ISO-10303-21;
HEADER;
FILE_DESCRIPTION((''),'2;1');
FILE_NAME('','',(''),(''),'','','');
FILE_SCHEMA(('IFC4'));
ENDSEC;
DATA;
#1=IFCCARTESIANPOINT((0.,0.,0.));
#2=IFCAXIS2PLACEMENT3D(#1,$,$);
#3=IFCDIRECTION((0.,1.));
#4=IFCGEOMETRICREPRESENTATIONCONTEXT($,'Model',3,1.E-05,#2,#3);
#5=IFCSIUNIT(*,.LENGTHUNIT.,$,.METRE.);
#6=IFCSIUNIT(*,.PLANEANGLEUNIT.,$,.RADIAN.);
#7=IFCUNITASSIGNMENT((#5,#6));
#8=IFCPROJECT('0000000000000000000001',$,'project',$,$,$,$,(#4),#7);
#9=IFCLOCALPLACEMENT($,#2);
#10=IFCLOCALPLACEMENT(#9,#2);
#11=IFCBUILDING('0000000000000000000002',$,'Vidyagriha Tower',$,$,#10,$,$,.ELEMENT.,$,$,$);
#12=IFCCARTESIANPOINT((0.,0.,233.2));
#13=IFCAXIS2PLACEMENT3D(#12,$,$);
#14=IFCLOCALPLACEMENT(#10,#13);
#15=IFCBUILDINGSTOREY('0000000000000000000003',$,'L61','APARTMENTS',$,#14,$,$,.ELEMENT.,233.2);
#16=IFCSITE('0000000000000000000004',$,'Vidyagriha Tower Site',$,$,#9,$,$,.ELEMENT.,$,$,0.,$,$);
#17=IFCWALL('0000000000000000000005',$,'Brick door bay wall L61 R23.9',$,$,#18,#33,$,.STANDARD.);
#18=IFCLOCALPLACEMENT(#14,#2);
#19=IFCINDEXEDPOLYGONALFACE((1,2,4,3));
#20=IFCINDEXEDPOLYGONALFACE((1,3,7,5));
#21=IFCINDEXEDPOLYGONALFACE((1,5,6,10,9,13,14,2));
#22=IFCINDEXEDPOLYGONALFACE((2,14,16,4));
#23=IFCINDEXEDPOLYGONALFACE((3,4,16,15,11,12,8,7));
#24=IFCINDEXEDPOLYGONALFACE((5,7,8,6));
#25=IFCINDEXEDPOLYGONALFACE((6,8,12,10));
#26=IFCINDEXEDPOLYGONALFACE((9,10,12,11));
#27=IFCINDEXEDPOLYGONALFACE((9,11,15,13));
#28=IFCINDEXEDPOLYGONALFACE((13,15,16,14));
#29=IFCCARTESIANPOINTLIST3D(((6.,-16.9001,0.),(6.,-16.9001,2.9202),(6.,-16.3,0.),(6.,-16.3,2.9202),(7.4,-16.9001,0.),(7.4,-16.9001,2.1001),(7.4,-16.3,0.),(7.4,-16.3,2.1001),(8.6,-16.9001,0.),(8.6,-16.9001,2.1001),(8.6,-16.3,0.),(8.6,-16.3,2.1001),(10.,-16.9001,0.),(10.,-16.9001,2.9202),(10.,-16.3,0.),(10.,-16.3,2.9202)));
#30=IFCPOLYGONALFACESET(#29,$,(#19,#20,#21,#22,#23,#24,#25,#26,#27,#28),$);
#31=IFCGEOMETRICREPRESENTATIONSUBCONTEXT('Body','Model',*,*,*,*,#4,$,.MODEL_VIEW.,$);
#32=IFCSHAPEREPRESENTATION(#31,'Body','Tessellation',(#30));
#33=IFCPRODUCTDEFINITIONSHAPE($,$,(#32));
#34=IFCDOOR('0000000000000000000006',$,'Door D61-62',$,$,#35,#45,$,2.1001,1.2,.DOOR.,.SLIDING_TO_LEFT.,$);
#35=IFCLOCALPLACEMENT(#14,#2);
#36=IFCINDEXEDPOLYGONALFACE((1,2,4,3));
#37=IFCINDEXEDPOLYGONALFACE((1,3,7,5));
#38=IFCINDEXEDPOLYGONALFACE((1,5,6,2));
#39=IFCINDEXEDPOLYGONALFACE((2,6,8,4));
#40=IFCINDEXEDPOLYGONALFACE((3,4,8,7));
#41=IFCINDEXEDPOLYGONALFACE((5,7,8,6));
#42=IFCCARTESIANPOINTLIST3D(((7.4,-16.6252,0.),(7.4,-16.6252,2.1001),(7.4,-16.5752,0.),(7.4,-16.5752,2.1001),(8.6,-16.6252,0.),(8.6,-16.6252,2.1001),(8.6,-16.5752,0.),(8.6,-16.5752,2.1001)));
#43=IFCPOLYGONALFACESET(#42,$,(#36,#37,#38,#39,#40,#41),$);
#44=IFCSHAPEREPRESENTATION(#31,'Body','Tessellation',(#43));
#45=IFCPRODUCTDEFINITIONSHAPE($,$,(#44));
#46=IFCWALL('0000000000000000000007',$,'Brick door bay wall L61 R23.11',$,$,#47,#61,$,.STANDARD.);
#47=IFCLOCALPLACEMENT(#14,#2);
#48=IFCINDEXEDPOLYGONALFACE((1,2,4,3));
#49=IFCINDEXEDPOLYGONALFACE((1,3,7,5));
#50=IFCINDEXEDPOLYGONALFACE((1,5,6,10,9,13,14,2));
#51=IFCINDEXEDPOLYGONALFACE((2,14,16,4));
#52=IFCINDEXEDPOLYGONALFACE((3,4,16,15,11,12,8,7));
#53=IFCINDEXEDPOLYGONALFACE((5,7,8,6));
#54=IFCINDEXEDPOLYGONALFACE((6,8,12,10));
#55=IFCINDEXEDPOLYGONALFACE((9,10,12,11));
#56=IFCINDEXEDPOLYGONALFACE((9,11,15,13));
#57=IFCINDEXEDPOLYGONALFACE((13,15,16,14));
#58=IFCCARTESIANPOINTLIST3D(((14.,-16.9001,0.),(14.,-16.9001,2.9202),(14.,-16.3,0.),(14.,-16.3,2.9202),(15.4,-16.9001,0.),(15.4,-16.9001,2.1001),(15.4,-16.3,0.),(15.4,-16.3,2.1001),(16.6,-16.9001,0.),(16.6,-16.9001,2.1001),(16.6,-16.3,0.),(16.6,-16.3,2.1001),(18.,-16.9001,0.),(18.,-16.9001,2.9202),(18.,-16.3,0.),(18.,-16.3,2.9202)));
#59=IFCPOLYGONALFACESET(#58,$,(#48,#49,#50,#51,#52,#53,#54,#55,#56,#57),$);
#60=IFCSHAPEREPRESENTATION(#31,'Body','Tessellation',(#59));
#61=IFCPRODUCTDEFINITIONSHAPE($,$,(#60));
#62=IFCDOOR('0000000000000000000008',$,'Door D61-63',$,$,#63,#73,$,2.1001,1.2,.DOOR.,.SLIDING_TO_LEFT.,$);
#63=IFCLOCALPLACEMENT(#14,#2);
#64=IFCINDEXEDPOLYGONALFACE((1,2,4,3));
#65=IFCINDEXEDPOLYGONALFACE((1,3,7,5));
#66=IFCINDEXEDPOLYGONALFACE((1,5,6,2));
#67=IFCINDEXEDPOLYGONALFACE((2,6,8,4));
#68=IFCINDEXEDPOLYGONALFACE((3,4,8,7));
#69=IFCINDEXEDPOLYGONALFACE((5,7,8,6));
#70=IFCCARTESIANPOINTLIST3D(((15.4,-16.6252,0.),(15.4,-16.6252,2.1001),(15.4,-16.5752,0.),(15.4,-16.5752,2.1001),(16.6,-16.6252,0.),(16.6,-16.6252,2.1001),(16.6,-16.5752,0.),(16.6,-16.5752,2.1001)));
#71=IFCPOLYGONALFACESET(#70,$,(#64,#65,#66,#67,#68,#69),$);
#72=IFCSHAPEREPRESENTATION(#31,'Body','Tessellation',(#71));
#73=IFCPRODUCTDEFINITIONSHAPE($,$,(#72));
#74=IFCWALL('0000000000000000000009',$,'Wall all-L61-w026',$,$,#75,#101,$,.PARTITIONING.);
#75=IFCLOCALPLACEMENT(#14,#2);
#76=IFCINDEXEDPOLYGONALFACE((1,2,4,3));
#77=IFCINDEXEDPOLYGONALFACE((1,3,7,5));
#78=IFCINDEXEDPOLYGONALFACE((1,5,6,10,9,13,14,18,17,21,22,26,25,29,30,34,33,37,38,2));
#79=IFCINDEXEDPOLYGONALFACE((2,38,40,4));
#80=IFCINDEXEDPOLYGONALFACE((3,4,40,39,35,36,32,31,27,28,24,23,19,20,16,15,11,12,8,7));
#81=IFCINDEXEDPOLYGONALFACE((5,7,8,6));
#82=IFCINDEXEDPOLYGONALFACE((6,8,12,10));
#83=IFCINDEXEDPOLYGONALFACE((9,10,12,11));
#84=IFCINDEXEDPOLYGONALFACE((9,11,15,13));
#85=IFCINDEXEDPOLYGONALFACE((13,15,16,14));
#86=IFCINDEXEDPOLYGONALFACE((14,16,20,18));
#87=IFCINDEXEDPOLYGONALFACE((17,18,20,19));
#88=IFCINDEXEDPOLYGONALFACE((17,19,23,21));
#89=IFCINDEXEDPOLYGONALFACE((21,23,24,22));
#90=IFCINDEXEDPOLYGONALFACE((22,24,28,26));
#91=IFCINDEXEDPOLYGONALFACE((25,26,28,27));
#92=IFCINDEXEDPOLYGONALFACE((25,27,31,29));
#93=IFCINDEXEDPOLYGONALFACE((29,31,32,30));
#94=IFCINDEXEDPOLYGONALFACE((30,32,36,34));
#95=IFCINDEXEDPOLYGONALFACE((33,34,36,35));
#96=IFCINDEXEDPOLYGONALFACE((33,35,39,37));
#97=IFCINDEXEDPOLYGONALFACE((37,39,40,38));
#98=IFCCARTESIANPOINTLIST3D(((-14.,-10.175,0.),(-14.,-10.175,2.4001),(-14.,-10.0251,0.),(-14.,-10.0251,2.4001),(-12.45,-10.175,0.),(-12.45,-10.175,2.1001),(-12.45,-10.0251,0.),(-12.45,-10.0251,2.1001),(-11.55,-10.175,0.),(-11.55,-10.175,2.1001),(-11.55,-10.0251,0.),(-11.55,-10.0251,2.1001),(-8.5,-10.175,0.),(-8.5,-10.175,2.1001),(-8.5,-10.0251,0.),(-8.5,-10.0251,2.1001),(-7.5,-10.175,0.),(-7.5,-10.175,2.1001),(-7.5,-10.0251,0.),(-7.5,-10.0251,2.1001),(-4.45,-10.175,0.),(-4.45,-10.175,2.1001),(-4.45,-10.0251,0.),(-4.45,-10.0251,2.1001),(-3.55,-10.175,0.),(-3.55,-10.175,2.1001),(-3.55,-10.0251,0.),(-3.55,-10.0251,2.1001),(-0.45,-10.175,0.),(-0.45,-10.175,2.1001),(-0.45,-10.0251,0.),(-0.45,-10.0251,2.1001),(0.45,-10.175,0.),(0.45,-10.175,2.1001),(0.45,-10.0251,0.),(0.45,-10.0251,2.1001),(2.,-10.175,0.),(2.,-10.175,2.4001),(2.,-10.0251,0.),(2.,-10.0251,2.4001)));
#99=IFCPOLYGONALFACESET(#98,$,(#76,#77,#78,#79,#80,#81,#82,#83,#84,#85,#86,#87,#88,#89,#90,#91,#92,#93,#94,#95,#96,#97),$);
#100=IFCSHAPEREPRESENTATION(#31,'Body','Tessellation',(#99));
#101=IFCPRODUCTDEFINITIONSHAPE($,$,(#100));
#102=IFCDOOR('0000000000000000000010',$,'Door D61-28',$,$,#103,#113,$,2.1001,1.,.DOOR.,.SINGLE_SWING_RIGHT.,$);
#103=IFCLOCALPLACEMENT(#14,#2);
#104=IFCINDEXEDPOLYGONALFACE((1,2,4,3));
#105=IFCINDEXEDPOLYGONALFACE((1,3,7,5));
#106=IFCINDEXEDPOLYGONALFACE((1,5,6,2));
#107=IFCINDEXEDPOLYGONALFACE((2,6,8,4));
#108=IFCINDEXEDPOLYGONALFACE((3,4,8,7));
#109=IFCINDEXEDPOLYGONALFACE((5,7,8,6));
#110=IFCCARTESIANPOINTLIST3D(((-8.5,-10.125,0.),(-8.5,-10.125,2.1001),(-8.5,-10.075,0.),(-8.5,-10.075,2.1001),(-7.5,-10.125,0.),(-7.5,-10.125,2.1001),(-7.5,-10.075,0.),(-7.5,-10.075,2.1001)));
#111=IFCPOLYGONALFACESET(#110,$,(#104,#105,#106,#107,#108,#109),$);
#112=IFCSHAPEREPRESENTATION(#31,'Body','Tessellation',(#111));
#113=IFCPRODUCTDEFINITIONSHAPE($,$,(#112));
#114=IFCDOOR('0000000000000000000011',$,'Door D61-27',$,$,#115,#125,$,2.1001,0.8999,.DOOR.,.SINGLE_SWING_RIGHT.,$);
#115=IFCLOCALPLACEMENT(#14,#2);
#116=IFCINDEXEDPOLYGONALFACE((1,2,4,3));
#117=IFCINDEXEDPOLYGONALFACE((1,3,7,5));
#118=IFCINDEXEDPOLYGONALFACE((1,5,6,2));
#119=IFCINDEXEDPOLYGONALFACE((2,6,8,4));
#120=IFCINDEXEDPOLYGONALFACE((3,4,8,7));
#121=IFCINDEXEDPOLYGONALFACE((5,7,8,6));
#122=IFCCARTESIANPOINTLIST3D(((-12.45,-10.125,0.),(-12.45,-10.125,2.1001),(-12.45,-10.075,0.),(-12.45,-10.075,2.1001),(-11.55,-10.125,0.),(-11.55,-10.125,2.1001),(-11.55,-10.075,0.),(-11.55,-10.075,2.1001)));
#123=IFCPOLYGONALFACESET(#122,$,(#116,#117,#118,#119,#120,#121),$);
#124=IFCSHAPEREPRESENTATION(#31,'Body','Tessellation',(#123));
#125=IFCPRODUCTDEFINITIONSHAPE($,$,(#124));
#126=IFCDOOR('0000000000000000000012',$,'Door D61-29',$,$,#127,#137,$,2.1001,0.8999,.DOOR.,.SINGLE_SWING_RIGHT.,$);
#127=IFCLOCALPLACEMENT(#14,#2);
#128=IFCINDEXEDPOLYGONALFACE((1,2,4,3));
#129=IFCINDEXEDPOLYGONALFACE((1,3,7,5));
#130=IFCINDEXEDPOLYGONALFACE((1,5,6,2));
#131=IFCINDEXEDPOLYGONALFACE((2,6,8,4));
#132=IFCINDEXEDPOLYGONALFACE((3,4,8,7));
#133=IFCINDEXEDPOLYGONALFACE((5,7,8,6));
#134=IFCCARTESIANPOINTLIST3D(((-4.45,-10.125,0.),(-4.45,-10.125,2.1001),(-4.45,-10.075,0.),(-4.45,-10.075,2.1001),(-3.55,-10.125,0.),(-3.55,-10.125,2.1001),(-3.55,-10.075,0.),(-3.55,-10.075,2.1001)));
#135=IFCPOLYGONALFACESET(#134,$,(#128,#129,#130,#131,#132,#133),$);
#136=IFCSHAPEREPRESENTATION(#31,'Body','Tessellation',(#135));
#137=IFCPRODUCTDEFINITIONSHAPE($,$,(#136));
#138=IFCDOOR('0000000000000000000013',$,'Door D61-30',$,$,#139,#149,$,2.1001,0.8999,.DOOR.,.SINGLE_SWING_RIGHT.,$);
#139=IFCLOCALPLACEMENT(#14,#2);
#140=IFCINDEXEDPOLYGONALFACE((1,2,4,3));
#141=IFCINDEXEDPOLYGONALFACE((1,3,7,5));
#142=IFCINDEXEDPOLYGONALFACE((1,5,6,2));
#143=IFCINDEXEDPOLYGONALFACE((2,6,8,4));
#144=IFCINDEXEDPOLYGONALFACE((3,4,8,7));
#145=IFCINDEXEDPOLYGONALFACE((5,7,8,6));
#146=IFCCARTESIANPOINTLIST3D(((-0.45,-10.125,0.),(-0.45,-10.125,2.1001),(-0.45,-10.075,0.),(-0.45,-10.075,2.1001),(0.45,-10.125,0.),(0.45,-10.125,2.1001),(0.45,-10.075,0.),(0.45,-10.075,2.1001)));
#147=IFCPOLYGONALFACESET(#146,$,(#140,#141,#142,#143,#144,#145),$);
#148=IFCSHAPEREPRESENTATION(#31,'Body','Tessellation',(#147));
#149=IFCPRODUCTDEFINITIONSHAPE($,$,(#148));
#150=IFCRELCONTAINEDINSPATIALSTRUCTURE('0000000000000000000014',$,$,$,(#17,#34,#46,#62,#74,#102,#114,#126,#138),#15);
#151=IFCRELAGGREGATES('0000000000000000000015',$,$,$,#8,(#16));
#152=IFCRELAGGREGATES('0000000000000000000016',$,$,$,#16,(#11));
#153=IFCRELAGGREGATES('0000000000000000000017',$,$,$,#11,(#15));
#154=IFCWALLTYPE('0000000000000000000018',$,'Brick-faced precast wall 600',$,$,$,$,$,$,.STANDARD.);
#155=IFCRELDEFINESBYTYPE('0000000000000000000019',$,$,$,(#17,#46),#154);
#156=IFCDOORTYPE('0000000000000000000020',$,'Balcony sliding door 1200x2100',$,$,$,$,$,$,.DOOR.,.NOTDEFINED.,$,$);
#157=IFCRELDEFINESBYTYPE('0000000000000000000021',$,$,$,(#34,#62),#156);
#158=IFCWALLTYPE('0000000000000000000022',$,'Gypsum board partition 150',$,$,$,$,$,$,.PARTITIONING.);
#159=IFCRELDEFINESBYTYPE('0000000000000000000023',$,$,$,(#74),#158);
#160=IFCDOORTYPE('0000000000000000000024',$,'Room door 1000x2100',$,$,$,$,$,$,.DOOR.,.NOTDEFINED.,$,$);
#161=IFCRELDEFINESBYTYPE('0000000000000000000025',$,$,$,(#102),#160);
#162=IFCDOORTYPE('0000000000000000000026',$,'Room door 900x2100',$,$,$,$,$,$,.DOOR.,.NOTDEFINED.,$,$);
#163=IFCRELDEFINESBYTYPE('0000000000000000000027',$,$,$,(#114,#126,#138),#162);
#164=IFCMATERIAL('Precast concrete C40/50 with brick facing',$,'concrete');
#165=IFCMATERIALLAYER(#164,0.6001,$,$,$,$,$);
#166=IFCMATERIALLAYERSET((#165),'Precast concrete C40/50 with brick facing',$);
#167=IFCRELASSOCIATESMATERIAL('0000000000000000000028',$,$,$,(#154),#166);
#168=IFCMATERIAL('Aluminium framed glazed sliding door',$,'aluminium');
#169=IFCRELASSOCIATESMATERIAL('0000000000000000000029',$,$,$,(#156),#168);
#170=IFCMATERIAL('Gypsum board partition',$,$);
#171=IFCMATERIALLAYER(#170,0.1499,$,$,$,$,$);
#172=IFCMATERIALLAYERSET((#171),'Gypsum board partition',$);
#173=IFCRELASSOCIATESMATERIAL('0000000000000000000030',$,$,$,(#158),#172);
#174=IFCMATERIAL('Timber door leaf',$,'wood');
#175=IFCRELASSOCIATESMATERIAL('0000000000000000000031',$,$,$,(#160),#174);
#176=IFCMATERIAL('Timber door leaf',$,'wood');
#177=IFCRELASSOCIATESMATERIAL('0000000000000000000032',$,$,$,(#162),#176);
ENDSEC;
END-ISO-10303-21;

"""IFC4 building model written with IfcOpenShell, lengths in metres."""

from ifc_helpers import new_model, si_unit, direction, frame, frame_2d, origin, place, context, subcontext, project, spatial, rectangle, extrude, material, layer, layer_set, type_object, element, fill, save


model = new_model("IFC4")

# Units and contexts
model_context = context("Model", 3, precision=1e-05, world=origin(), true_north=direction((0.0, 1.0)))
body_context = subcontext(model_context, "Body", "Model", "MODEL_VIEW")
ifc_project = project(units=[si_unit("LENGTHUNIT", "METRE"), si_unit("PLANEANGLEUNIT", "RADIAN")], contexts=[model_context])

# Site, building, storey
site_placement = place(None, origin())
site = spatial("IfcSite", under=ifc_project, at=site_placement, Name="Vidyagriha Tower Site", CompositionType="ELEMENT", RefElevation=0.0)
building_placement = place(site_placement, origin())
building = spatial("IfcBuilding", under=site, at=building_placement, Name="Vidyagriha Tower", CompositionType="ELEMENT")
storey_placement = place(building_placement, frame((0.0, 0.0, 233.2)))
storey = spatial("IfcBuildingStorey", under=building, at=storey_placement, Name="L61", Description="APARTMENTS", CompositionType="ELEMENT", Elevation=233.2)

# Walls, openings, doors
ifc_material_1 = material(Name="Precast concrete C40/50 with brick facing", Category="concrete")
ifc_layer_1 = layer(ifc_material_1, 0.6001)
ifc_layer_set_1 = layer_set([ifc_layer_1], Name="Precast concrete C40/50 with brick facing")
wall_type_1 = type_object("IfcWallType", Name="Brick-faced precast wall 600", PredefinedType="STANDARD", material=ifc_layer_set_1)
wall_1_placement = place(storey_placement, frame((6.0, -16.6001, 0.0)))
wall_1 = element("IfcWall", 1, at=wall_1_placement, inside=storey, type_object=wall_type_1, Name="Brick door bay wall L61 R23.9", PredefinedType="STANDARD", context=body_context, shape_type="SweptSolid", body=[
    extrude(rectangle(XDim=4.0, YDim=0.6001, at=frame_2d((2.0, 0.0))), origin(), (0.0, 0.0, 1.0), 2.9202),
])
opening_1_placement = place(wall_1_placement, frame((1.3999, 0.0, 0.0)))
opening_1 = element("IfcOpeningElement", 2, at=opening_1_placement, cuts=wall_1, PredefinedType="OPENING", context=body_context, shape_type="SweptSolid", body=[
    extrude(rectangle(XDim=1.2, YDim=2.1001, at=frame_2d((0.6001, 1.05))), frame((0.0, 0.3101, 0.0), z_axis=(0.0, -1.0, 0.0), x_axis=(1.0, 0.0, 0.0)), (0.0, 0.0, 1.0), 0.6201),
])
ifc_material_2 = material(Name="Aluminium framed glazed sliding door", Category="aluminium")
door_type_1 = type_object("IfcDoorType", Name="Balcony sliding door 1200x2100", OperationType="NOTDEFINED", PredefinedType="DOOR", material=ifc_material_2)
door_1_placement = place(opening_1_placement, origin())
door_1 = element("IfcDoor", 3, at=door_1_placement, inside=storey, type_object=door_type_1, Name="Door D61-62", OperationType="SLIDING_TO_LEFT", OverallHeight=2.1001, OverallWidth=1.2, PredefinedType="DOOR", context=body_context, shape_type="SweptSolid", body=[
    extrude(rectangle(XDim=1.2, YDim=2.1001, at=frame_2d((0.6001, 1.05))), frame((0.0, 0.0249, 0.0), z_axis=(0.0, -1.0, 0.0), x_axis=(1.0, 0.0, 0.0)), (0.0, 0.0, 1.0), 0.05),
])
fill(opening_1, door_1)
wall_2_placement = place(storey_placement, frame((14.0, -16.6001, 0.0)))
wall_2 = element("IfcWall", 4, at=wall_2_placement, inside=storey, type_object=wall_type_1, Name="Brick door bay wall L61 R23.11", PredefinedType="STANDARD", context=body_context, shape_type="SweptSolid", body=[
    extrude(rectangle(XDim=4.0, YDim=0.6001, at=frame_2d((2.0, 0.0))), origin(), (0.0, 0.0, 1.0), 2.9202),
])
opening_2_placement = place(wall_2_placement, frame((1.3999, 0.0, 0.0)))
opening_2 = element("IfcOpeningElement", 5, at=opening_2_placement, cuts=wall_2, PredefinedType="OPENING", context=body_context, shape_type="SweptSolid", body=[
    extrude(rectangle(XDim=1.2, YDim=2.1001, at=frame_2d((0.6001, 1.05))), frame((0.0, 0.3101, 0.0), z_axis=(0.0, -1.0, 0.0), x_axis=(1.0, 0.0, 0.0)), (0.0, 0.0, 1.0), 0.6201),
])
door_2_placement = place(opening_2_placement, origin())
door_2 = element("IfcDoor", 6, at=door_2_placement, inside=storey, type_object=door_type_1, Name="Door D61-63", OperationType="SLIDING_TO_LEFT", OverallHeight=2.1001, OverallWidth=1.2, PredefinedType="DOOR", context=body_context, shape_type="SweptSolid", body=[
    extrude(rectangle(XDim=1.2, YDim=2.1001, at=frame_2d((0.6001, 1.05))), frame((0.0, 0.0249, 0.0), z_axis=(0.0, -1.0, 0.0), x_axis=(1.0, 0.0, 0.0)), (0.0, 0.0, 1.0), 0.05),
])
fill(opening_2, door_2)

# Wall, openings, doors
ifc_material_3 = material(Name="Gypsum board partition")
ifc_layer_2 = layer(ifc_material_3, 0.1499)
ifc_layer_set_2 = layer_set([ifc_layer_2], Name="Gypsum board partition")
wall_type_2 = type_object("IfcWallType", Name="Gypsum board partition 150", PredefinedType="PARTITIONING", material=ifc_layer_set_2)
wall_3_placement = place(storey_placement, frame((2.0, -10.1001, 0.0), z_axis=(0.0, 0.0, 1.0), x_axis=(-1.0, 0.0, 0.0)))
wall_3 = element("IfcWall", 7, at=wall_3_placement, inside=storey, type_object=wall_type_2, Name="Wall all-L61-w026", PredefinedType="PARTITIONING", context=body_context, shape_type="SweptSolid", body=[
    extrude(rectangle(XDim=16.0, YDim=0.1499, at=frame_2d((8.0, 0.0))), origin(), (0.0, 0.0, 1.0), 2.4001),
])
opening_3_placement = place(wall_3_placement, frame((13.55, 0.0, 0.0)))
opening_3 = element("IfcOpeningElement", 8, at=opening_3_placement, cuts=wall_3, PredefinedType="OPENING", context=body_context, shape_type="SweptSolid", body=[
    extrude(rectangle(XDim=0.8999, YDim=2.1001, at=frame_2d((0.45, 1.05))), frame((0.0, 0.085, 0.0), z_axis=(0.0, -1.0, 0.0), x_axis=(1.0, 0.0, 0.0)), (0.0, 0.0, 1.0), 0.1699),
])
opening_4_placement = place(wall_3_placement, frame((9.5, 0.0, 0.0)))
opening_4 = element("IfcOpeningElement", 9, at=opening_4_placement, cuts=wall_3, PredefinedType="OPENING", context=body_context, shape_type="SweptSolid", body=[
    extrude(rectangle(XDim=1.0, YDim=2.1001, at=frame_2d((0.5, 1.05))), frame((0.0, 0.085, 0.0), z_axis=(0.0, -1.0, 0.0), x_axis=(1.0, 0.0, 0.0)), (0.0, 0.0, 1.0), 0.1699),
])
opening_5_placement = place(wall_3_placement, frame((5.55, 0.0, 0.0)))
opening_5 = element("IfcOpeningElement", 10, at=opening_5_placement, cuts=wall_3, PredefinedType="OPENING", context=body_context, shape_type="SweptSolid", body=[
    extrude(rectangle(XDim=0.8999, YDim=2.1001, at=frame_2d((0.45, 1.05))), frame((0.0, 0.085, 0.0), z_axis=(0.0, -1.0, 0.0), x_axis=(1.0, 0.0, 0.0)), (0.0, 0.0, 1.0), 0.1699),
])
opening_6_placement = place(wall_3_placement, frame((1.55, 0.0, 0.0)))
opening_6 = element("IfcOpeningElement", 11, at=opening_6_placement, cuts=wall_3, PredefinedType="OPENING", context=body_context, shape_type="SweptSolid", body=[
    extrude(rectangle(XDim=0.8999, YDim=2.1001, at=frame_2d((0.45, 1.05))), frame((0.0, 0.085, 0.0), z_axis=(0.0, -1.0, 0.0), x_axis=(1.0, 0.0, 0.0)), (0.0, 0.0, 1.0), 0.1699),
])
ifc_material_4 = material(Name="Timber door leaf", Category="wood")
door_type_2 = type_object("IfcDoorType", Name="Room door 1000x2100", OperationType="NOTDEFINED", PredefinedType="DOOR", material=ifc_material_4)
door_3_placement = place(opening_4_placement, origin())
door_3 = element("IfcDoor", 12, at=door_3_placement, inside=storey, type_object=door_type_2, Name="Door D61-28", OperationType="SINGLE_SWING_RIGHT", OverallHeight=2.1001, OverallWidth=1.0, PredefinedType="DOOR", context=body_context, shape_type="SweptSolid", body=[
    extrude(rectangle(XDim=1.0, YDim=2.1001, at=frame_2d((0.5, 1.05))), frame((0.0, 0.0249, 0.0), z_axis=(0.0, -1.0, 0.0), x_axis=(1.0, 0.0, 0.0)), (0.0, 0.0, 1.0), 0.05),
])
fill(opening_4, door_3)
ifc_material_5 = material(Name="Timber door leaf", Category="wood")
door_type_3 = type_object("IfcDoorType", Name="Room door 900x2100", OperationType="NOTDEFINED", PredefinedType="DOOR", material=ifc_material_5)
door_4_placement = place(opening_3_placement, origin())
door_4 = element("IfcDoor", 13, at=door_4_placement, inside=storey, type_object=door_type_3, Name="Door D61-27", OperationType="SINGLE_SWING_RIGHT", OverallHeight=2.1001, OverallWidth=0.8999, PredefinedType="DOOR", context=body_context, shape_type="SweptSolid", body=[
    extrude(rectangle(XDim=0.8999, YDim=2.1001, at=frame_2d((0.45, 1.05))), frame((0.0, 0.0249, 0.0), z_axis=(0.0, -1.0, 0.0), x_axis=(1.0, 0.0, 0.0)), (0.0, 0.0, 1.0), 0.05),
])
fill(opening_3, door_4)
door_5_placement = place(opening_5_placement, origin())
door_5 = element("IfcDoor", 14, at=door_5_placement, inside=storey, type_object=door_type_3, Name="Door D61-29", OperationType="SINGLE_SWING_RIGHT", OverallHeight=2.1001, OverallWidth=0.8999, PredefinedType="DOOR", context=body_context, shape_type="SweptSolid", body=[
    extrude(rectangle(XDim=0.8999, YDim=2.1001, at=frame_2d((0.45, 1.05))), frame((0.0, 0.0249, 0.0), z_axis=(0.0, -1.0, 0.0), x_axis=(1.0, 0.0, 0.0)), (0.0, 0.0, 1.0), 0.05),
])
fill(opening_5, door_5)
door_6_placement = place(opening_6_placement, origin())
door_6 = element("IfcDoor", 15, at=door_6_placement, inside=storey, type_object=door_type_3, Name="Door D61-30", OperationType="SINGLE_SWING_RIGHT", OverallHeight=2.1001, OverallWidth=0.8999, PredefinedType="DOOR", context=body_context, shape_type="SweptSolid", body=[
    extrude(rectangle(XDim=0.8999, YDim=2.1001, at=frame_2d((0.45, 1.05))), frame((0.0, 0.0249, 0.0), z_axis=(0.0, -1.0, 0.0), x_axis=(1.0, 0.0, 0.0)), (0.0, 0.0, 1.0), 0.05),
])
fill(opening_6, door_6)

save(model, "model.ifc")
